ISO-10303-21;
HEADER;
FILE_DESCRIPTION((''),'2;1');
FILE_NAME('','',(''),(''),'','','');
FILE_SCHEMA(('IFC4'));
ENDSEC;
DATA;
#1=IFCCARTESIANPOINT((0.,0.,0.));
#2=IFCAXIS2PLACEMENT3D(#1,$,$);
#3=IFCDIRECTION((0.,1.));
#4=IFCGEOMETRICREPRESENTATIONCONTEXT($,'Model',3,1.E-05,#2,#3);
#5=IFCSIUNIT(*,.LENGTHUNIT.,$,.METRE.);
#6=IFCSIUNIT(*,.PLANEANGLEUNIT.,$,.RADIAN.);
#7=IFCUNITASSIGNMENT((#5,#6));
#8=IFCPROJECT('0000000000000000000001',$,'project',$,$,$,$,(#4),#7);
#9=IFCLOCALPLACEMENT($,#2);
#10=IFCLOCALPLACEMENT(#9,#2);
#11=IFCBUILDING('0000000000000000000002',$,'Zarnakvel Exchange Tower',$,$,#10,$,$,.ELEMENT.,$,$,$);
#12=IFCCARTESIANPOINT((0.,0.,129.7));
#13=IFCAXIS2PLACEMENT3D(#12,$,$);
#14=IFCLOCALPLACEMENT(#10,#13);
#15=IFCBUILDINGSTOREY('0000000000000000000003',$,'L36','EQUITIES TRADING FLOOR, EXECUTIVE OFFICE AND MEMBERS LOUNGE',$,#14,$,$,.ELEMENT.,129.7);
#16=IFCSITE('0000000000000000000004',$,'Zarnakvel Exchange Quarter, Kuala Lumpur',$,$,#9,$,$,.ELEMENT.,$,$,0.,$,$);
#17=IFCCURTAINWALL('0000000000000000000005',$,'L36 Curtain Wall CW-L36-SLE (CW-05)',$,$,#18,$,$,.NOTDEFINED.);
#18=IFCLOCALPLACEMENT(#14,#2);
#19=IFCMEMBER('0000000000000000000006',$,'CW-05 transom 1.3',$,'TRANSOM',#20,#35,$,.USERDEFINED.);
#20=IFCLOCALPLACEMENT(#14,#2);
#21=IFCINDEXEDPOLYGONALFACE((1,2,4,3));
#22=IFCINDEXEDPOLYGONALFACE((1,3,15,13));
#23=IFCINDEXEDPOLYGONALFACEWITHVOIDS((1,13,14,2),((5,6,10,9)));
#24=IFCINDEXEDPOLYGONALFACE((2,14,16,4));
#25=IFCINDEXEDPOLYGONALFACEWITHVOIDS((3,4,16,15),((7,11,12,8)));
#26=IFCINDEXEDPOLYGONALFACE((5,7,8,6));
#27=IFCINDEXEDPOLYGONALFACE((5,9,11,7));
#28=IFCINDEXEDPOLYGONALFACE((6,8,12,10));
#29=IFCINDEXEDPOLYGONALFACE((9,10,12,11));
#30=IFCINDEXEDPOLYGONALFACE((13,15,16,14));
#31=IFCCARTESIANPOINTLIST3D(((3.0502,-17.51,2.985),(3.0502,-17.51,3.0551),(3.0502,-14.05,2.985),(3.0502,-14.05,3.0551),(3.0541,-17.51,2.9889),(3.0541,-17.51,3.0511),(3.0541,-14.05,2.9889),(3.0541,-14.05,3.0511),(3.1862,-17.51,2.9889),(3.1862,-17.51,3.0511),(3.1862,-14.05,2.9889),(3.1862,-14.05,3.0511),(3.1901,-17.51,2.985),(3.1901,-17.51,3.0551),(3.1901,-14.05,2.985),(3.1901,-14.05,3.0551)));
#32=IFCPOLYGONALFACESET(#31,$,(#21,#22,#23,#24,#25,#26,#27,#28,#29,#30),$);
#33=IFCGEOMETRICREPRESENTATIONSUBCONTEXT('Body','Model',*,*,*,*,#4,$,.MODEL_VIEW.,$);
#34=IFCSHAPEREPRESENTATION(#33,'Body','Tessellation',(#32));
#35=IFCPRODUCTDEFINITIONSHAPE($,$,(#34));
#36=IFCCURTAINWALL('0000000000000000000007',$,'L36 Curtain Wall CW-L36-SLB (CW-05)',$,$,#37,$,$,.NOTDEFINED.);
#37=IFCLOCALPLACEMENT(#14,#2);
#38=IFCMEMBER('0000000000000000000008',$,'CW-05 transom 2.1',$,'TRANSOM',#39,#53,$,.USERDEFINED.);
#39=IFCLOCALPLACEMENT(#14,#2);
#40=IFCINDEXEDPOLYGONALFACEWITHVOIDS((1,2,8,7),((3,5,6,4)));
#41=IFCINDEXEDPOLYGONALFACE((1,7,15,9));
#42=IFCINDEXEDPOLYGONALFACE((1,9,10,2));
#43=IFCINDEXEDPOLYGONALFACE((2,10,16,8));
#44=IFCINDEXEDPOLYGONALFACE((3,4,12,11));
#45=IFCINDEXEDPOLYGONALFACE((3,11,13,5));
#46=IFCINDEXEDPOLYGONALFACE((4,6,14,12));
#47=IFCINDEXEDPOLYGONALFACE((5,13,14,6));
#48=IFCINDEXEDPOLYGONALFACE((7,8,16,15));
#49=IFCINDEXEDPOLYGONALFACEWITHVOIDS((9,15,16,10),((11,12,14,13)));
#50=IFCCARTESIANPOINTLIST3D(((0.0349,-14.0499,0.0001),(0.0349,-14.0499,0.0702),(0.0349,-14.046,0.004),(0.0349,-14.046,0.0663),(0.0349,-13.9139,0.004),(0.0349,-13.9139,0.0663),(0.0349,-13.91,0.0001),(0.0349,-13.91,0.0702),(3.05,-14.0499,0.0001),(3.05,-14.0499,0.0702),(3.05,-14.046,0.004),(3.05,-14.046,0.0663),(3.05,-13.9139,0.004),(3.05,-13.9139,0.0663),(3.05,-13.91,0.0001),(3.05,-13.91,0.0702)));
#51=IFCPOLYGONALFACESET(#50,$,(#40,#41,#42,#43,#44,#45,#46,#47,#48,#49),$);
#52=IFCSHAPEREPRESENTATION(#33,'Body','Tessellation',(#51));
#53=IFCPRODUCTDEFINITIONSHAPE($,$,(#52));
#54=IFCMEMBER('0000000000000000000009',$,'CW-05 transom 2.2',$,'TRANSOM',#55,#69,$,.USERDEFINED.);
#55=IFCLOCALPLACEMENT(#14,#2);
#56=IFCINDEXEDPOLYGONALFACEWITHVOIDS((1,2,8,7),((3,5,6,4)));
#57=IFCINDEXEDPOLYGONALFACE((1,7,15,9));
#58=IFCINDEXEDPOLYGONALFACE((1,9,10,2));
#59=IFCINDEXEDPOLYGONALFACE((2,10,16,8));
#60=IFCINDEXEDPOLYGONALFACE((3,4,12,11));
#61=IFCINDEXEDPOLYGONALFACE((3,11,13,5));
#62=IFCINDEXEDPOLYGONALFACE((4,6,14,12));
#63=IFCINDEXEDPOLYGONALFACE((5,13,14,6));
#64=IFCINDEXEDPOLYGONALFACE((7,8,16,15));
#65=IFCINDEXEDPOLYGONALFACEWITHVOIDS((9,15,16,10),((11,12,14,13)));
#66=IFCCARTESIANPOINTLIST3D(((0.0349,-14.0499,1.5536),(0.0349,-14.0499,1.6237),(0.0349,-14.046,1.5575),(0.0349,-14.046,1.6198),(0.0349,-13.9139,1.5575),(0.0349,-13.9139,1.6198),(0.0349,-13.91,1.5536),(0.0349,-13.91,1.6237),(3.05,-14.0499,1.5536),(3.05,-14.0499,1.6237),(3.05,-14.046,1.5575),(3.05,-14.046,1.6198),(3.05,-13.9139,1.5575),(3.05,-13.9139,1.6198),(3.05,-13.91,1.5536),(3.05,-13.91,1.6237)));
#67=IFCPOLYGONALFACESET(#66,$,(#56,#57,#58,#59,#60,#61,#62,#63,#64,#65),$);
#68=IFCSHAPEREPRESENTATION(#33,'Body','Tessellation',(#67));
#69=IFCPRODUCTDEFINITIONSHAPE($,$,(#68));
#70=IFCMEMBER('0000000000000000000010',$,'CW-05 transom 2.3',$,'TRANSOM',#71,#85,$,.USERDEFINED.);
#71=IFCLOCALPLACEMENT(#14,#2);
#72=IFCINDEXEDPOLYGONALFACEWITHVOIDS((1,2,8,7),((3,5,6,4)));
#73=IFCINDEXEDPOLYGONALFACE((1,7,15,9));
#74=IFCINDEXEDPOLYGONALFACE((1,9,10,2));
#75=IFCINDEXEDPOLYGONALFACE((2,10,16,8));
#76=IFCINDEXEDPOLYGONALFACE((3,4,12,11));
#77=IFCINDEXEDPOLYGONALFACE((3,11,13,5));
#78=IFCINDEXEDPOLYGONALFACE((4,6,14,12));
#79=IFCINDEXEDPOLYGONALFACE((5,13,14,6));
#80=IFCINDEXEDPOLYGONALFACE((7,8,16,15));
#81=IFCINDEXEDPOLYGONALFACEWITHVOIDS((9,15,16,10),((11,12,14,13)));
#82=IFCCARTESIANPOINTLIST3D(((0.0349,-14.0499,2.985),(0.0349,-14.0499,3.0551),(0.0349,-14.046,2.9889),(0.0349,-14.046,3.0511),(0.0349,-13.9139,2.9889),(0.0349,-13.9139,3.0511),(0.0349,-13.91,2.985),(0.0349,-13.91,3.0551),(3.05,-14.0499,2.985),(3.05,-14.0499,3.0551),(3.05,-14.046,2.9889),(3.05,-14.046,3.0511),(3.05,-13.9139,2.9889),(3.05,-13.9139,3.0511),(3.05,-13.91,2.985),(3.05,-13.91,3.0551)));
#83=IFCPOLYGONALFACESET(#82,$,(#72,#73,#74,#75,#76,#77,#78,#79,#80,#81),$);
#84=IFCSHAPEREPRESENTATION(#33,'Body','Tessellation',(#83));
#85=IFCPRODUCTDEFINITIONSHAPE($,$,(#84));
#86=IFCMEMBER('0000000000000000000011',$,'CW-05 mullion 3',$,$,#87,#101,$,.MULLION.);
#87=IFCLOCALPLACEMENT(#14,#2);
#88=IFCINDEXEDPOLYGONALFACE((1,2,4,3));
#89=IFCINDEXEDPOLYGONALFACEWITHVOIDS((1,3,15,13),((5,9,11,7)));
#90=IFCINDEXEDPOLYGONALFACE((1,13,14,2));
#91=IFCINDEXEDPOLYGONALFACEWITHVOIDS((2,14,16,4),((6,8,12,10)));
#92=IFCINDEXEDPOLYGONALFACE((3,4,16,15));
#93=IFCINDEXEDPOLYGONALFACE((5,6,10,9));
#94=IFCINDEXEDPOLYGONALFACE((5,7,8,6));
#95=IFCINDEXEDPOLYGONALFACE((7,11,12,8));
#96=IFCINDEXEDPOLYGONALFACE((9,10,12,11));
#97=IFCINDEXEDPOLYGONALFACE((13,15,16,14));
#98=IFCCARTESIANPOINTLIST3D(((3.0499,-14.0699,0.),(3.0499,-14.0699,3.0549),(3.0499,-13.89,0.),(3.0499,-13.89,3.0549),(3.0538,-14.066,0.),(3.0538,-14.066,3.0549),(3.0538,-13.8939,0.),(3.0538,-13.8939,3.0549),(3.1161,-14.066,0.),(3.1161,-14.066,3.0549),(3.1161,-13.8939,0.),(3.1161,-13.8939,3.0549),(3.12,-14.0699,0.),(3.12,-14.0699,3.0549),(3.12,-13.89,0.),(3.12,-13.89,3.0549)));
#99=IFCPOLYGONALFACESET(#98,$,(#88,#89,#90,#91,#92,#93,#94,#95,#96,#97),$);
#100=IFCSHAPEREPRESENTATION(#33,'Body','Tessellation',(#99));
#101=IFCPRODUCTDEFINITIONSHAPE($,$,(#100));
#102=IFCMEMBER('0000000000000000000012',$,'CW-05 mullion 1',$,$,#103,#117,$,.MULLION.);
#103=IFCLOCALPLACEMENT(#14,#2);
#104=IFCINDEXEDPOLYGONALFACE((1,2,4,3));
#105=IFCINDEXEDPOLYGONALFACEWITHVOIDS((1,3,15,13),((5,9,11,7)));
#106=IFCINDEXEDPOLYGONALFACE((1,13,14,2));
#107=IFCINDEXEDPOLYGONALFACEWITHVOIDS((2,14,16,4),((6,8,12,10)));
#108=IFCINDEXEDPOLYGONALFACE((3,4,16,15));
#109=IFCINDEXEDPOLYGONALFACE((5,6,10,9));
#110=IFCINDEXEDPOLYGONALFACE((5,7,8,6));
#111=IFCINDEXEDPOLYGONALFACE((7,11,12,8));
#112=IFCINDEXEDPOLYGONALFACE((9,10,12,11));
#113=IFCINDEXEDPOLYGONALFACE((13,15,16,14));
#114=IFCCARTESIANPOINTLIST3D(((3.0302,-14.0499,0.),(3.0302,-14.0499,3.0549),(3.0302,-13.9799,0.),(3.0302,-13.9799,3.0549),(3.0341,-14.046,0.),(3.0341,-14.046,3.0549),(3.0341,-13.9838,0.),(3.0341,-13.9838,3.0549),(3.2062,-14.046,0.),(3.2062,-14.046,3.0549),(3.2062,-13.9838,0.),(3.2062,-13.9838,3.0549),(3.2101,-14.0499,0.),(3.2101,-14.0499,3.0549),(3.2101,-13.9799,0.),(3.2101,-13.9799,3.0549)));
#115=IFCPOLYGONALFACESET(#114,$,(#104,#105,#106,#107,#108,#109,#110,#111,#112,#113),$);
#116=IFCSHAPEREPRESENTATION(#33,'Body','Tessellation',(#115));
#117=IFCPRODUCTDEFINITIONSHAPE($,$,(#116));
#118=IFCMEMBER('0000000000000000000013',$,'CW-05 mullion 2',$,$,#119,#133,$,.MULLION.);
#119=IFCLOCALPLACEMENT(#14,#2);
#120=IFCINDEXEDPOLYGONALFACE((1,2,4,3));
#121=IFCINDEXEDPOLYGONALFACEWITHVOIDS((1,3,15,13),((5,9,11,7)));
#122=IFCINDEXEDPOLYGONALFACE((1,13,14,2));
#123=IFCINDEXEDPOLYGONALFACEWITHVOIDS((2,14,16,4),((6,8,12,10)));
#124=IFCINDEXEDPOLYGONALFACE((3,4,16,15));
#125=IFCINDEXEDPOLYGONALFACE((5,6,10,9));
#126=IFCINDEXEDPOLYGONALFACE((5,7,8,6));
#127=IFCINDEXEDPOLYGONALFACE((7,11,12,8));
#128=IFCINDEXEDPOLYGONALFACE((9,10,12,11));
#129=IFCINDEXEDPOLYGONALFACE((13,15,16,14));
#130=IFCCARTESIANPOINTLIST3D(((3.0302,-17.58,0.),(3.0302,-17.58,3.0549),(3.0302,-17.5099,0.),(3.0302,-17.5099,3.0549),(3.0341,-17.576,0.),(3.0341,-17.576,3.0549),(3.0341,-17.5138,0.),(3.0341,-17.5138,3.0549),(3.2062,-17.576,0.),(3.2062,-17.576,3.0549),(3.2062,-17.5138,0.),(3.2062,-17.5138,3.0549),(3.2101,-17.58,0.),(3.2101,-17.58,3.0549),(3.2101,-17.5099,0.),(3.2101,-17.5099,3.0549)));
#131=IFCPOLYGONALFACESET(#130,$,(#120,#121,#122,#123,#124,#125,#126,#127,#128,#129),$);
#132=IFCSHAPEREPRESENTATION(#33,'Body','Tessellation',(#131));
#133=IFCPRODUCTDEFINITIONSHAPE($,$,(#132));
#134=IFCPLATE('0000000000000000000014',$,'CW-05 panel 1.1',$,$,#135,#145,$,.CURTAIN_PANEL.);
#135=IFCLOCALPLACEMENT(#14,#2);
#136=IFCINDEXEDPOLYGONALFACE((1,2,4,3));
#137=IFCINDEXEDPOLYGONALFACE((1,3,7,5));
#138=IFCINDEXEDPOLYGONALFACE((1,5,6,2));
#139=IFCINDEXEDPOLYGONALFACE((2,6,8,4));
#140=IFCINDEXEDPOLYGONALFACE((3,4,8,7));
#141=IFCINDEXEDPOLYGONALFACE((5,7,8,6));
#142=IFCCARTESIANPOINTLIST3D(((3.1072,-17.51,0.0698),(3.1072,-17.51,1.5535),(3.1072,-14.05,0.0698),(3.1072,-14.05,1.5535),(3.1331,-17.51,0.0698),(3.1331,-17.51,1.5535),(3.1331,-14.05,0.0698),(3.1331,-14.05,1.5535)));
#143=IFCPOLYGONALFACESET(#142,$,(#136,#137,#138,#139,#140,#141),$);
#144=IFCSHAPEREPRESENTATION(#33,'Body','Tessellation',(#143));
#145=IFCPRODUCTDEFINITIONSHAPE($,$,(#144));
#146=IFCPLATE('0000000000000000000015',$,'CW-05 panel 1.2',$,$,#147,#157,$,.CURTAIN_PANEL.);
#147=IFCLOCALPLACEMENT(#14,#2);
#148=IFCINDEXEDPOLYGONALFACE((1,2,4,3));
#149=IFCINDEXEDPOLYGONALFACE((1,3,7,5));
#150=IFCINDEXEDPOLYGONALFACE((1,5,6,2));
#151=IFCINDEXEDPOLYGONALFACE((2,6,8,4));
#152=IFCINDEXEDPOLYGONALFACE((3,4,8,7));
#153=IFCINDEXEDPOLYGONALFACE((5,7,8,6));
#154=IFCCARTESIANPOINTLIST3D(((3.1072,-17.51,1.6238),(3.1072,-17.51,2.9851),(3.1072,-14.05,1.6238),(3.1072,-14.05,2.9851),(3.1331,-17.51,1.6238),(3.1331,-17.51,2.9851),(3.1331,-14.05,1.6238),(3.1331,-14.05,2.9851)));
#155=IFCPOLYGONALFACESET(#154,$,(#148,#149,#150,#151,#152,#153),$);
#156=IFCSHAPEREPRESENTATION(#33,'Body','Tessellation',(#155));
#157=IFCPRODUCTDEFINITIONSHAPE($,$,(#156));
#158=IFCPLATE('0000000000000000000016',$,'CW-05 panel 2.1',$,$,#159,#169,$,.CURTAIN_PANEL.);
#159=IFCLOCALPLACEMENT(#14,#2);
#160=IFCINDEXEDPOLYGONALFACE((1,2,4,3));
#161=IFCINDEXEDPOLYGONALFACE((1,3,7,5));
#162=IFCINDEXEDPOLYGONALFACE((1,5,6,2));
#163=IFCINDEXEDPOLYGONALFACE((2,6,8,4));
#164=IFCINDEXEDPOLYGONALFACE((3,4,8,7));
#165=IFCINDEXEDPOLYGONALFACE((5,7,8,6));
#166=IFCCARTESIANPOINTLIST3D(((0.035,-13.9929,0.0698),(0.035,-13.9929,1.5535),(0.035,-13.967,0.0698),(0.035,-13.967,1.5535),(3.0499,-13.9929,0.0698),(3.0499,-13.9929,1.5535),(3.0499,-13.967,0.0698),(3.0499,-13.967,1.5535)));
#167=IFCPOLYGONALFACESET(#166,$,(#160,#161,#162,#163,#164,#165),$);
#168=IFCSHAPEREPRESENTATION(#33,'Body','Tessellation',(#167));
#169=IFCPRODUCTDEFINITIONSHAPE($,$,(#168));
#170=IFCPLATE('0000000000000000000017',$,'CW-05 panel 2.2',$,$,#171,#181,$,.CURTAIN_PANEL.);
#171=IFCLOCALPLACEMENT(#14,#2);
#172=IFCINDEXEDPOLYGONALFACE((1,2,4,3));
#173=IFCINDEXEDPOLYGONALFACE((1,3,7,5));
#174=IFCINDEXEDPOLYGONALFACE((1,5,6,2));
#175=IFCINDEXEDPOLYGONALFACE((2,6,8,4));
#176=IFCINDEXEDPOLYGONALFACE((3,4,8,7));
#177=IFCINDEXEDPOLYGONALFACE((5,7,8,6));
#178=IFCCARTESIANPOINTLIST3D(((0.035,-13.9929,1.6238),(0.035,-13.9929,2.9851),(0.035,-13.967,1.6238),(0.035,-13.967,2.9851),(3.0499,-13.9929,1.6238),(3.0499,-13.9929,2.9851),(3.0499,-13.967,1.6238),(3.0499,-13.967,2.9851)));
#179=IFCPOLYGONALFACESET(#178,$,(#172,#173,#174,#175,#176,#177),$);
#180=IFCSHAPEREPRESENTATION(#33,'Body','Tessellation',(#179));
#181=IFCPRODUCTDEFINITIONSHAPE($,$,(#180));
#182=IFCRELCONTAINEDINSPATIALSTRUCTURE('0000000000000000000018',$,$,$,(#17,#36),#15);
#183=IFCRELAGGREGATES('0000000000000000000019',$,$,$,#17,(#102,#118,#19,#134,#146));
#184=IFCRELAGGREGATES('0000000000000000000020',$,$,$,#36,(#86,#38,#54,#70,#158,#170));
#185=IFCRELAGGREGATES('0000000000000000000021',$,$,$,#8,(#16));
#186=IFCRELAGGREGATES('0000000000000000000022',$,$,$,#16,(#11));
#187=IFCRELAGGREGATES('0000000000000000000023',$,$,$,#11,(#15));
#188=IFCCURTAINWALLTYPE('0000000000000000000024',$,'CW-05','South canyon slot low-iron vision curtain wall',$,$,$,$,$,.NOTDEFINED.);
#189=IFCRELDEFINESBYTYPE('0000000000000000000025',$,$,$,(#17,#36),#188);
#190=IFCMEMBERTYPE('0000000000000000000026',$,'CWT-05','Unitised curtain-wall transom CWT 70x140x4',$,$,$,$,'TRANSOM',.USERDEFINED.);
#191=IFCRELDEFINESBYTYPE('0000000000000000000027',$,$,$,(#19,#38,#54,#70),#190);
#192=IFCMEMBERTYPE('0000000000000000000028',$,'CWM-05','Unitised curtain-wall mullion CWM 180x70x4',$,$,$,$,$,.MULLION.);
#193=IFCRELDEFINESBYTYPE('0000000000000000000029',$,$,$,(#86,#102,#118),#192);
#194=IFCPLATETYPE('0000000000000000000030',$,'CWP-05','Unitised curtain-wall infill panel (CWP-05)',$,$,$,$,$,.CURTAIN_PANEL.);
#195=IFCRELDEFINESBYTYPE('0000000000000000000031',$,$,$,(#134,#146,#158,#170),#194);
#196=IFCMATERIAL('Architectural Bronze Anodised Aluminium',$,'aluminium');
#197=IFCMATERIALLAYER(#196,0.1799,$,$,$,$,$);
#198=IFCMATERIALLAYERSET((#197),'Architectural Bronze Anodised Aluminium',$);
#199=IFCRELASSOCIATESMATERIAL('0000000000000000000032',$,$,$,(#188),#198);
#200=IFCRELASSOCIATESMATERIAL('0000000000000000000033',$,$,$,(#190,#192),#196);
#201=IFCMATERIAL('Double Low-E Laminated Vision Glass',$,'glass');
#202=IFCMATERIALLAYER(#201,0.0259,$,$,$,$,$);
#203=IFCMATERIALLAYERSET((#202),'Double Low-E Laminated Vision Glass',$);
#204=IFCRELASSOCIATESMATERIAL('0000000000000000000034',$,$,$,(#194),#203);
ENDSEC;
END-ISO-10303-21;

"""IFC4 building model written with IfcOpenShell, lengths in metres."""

from ifc_helpers import new_model, si_unit, direction, frame, origin, origin_2d, place, context, subcontext, project, spatial, rectangle, hollow_rectangle, extrude, source, transform, mapped, material, layer, layer_set, material_profile, profile_set, type_object, element, aggregate, save


model = new_model("IFC4")

# Units and contexts
model_context = context("Model", 3, precision=1e-05, world=origin(), true_north=direction((0.0, 1.0)))
body_context = subcontext(model_context, "Body", "Model", "MODEL_VIEW")
ifc_project = project(units=[si_unit("LENGTHUNIT", "METRE"), si_unit("PLANEANGLEUNIT", "RADIAN")], contexts=[model_context])

# Site, building, storey
site_placement = place(None, origin())
site = spatial("IfcSite", under=ifc_project, at=site_placement, Name="Zarnakvel Exchange Quarter, Kuala Lumpur", CompositionType="ELEMENT", RefElevation=0.0)
building_placement = place(site_placement, origin())
building = spatial("IfcBuilding", under=site, at=building_placement, Name="Zarnakvel Exchange Tower", CompositionType="ELEMENT")
storey_placement = place(building_placement, frame((0.0, 0.0, 129.7)))
storey = spatial("IfcBuildingStorey", under=building, at=storey_placement, Name="L36", Description="EQUITIES TRADING FLOOR, EXECUTIVE OFFICE AND MEMBERS LOUNGE", CompositionType="ELEMENT", Elevation=129.7)

# Curtain walls, members
ifc_material_1 = material(Name="Architectural Bronze Anodised Aluminium", Category="aluminium")
ifc_layer_1 = layer(ifc_material_1, 0.1799)
ifc_layer_set_1 = layer_set([ifc_layer_1], Name="Architectural Bronze Anodised Aluminium")
curtain_wall_type = type_object("IfcCurtainWallType", Name="CW-05", Description="South canyon slot low-iron vision curtain wall", PredefinedType="NOTDEFINED", material=ifc_layer_set_1)
curtain_wall_1_placement = place(storey_placement, origin())
curtain_wall_1 = element("IfcCurtainWall", 1, at=curtain_wall_1_placement, inside=storey, type_object=curtain_wall_type, Name="L36 Curtain Wall CW-L36-SLE (CW-05)", PredefinedType="NOTDEFINED")
ifc_material_profile_1 = material_profile(ifc_material_1, hollow_rectangle(XDim=0.1399, YDim=0.0701, WallThickness=0.0039, at=origin_2d()))
ifc_profile_set_1 = profile_set([ifc_material_profile_1], Name="Architectural Bronze Anodised Aluminium")
member_type_1 = type_object("IfcMemberType", Name="CWT-05", Description="Unitised curtain-wall transom CWT 70x140x4", ElementType="TRANSOM", PredefinedType="USERDEFINED", material=ifc_profile_set_1)
shared_shape_1 = source(origin(), body_context, "Body", "SweptSolid", [
    extrude(hollow_rectangle(XDim=0.1399, YDim=0.0701, WallThickness=0.0039, at=origin_2d()), origin(), (0.0, 0.0, 1.0), 3.46),
])
member_1_placement = place(storey_placement, frame((3.1201, -14.05, 3.02), z_axis=(0.0, -1.0, 0.0), x_axis=(1.0, 0.0, 0.0)))
member_1 = element("IfcMember", 2, at=member_1_placement, type_object=member_type_1, Name="CW-05 transom 1.3", ObjectType="TRANSOM", PredefinedType="USERDEFINED", context=body_context, shape_type="MappedRepresentation", body=[
    mapped(shared_shape_1, transform((0.0, 0.0, 0.0), x_axis=(1.0, 0.0, 0.0), y_axis=(0.0, 1.0, 0.0), z_axis=(0.0, 0.0, 1.0), scale=1.0)),
])
curtain_wall_2_placement = place(storey_placement, origin())
curtain_wall_2 = element("IfcCurtainWall", 3, at=curtain_wall_2_placement, inside=storey, type_object=curtain_wall_type, Name="L36 Curtain Wall CW-L36-SLB (CW-05)", PredefinedType="NOTDEFINED")
shared_shape_2 = source(origin(), body_context, "Body", "SweptSolid", [
    extrude(hollow_rectangle(XDim=0.1399, YDim=0.0701, WallThickness=0.0039, at=origin_2d()), origin(), (0.0, 0.0, 1.0), 3.0151),
])
member_2_placement = place(storey_placement, frame((0.0349, -13.98, 0.0352), z_axis=(1.0, 0.0, 0.0), x_axis=(0.0, 1.0, 0.0)))
member_2 = element("IfcMember", 4, at=member_2_placement, type_object=member_type_1, Name="CW-05 transom 2.1", ObjectType="TRANSOM", PredefinedType="USERDEFINED", context=body_context, shape_type="MappedRepresentation", body=[
    mapped(shared_shape_2, transform((0.0, 0.0, 0.0), x_axis=(1.0, 0.0, 0.0), y_axis=(0.0, 1.0, 0.0), z_axis=(0.0, 0.0, 1.0), scale=1.0)),
])
member_3_placement = place(storey_placement, frame((0.0349, -13.98, 1.5886), z_axis=(1.0, 0.0, 0.0), x_axis=(0.0, 1.0, 0.0)))
member_3 = element("IfcMember", 5, at=member_3_placement, type_object=member_type_1, Name="CW-05 transom 2.2", ObjectType="TRANSOM", PredefinedType="USERDEFINED", context=body_context, shape_type="MappedRepresentation", body=[
    mapped(shared_shape_2, transform((0.0, 0.0, 0.0), x_axis=(1.0, 0.0, 0.0), y_axis=(0.0, 1.0, 0.0), z_axis=(0.0, 0.0, 1.0), scale=1.0)),
])
member_4_placement = place(storey_placement, frame((0.0349, -13.98, 3.02), z_axis=(1.0, 0.0, 0.0), x_axis=(0.0, 1.0, 0.0)))
member_4 = element("IfcMember", 6, at=member_4_placement, type_object=member_type_1, Name="CW-05 transom 2.3", ObjectType="TRANSOM", PredefinedType="USERDEFINED", context=body_context, shape_type="MappedRepresentation", body=[
    mapped(shared_shape_2, transform((0.0, 0.0, 0.0), x_axis=(1.0, 0.0, 0.0), y_axis=(0.0, 1.0, 0.0), z_axis=(0.0, 0.0, 1.0), scale=1.0)),
])
ifc_material_profile_2 = material_profile(ifc_material_1, hollow_rectangle(XDim=0.1799, YDim=0.0701, WallThickness=0.0039, at=origin_2d()))
ifc_profile_set_2 = profile_set([ifc_material_profile_2], Name="Architectural Bronze Anodised Aluminium")
member_type_2 = type_object("IfcMemberType", Name="CWM-05", Description="Unitised curtain-wall mullion CWM 180x70x4", PredefinedType="MULLION", material=ifc_profile_set_2)
shared_shape_3 = source(origin(), body_context, "Body", "SweptSolid", [
    extrude(hollow_rectangle(XDim=0.1799, YDim=0.0701, WallThickness=0.0039, at=origin_2d()), origin(), (0.0, 0.0, 1.0), 3.0549),
])
member_5_placement = place(storey_placement, frame((3.085, -13.98, 0.0), z_axis=(0.0, 0.0, 1.0), x_axis=(0.0, 1.0, 0.0)))
member_5 = element("IfcMember", 7, at=member_5_placement, type_object=member_type_2, Name="CW-05 mullion 3", PredefinedType="MULLION", context=body_context, shape_type="MappedRepresentation", body=[
    mapped(shared_shape_3, transform((0.0, 0.0, 0.0), x_axis=(1.0, 0.0, 0.0), y_axis=(0.0, 1.0, 0.0), z_axis=(0.0, 0.0, 1.0), scale=1.0)),
])

# Members
member_6_placement = place(storey_placement, frame((3.1201, -14.0149, 0.0), z_axis=(0.0, 0.0, 1.0), x_axis=(1.0, 0.0, 0.0)))
member_6 = element("IfcMember", 8, at=member_6_placement, type_object=member_type_2, Name="CW-05 mullion 1", PredefinedType="MULLION", context=body_context, shape_type="MappedRepresentation", body=[
    mapped(shared_shape_3, transform((0.0, 0.0, 0.0), x_axis=(1.0, 0.0, 0.0), y_axis=(0.0, 1.0, 0.0), z_axis=(0.0, 0.0, 1.0), scale=1.0)),
])
member_7_placement = place(storey_placement, frame((3.1201, -17.5449, 0.0), z_axis=(0.0, 0.0, 1.0), x_axis=(1.0, 0.0, 0.0)))
member_7 = element("IfcMember", 9, at=member_7_placement, type_object=member_type_2, Name="CW-05 mullion 2", PredefinedType="MULLION", context=body_context, shape_type="MappedRepresentation", body=[
    mapped(shared_shape_3, transform((0.0, 0.0, 0.0), x_axis=(1.0, 0.0, 0.0), y_axis=(0.0, 1.0, 0.0), z_axis=(0.0, 0.0, 1.0), scale=1.0)),
])

# Plates
ifc_material_2 = material(Name="Double Low-E Laminated Vision Glass", Category="glass")
ifc_layer_2 = layer(ifc_material_2, 0.0259)
ifc_layer_set_2 = layer_set([ifc_layer_2], Name="Double Low-E Laminated Vision Glass")
plate_type = type_object("IfcPlateType", Name="CWP-05", Description="Unitised curtain-wall infill panel (CWP-05)", PredefinedType="CURTAIN_PANEL", material=ifc_layer_set_2)
shared_shape_4 = source(origin(), body_context, "Body", "SweptSolid", [
    extrude(rectangle(XDim=3.46, YDim=0.0259, at=origin_2d()), origin(), (0.0, 0.0, 1.0), 1.4836),
])
plate_1_placement = place(storey_placement, frame((3.1201, -15.78, 0.0698), z_axis=(0.0, 0.0, 1.0), x_axis=(0.0, -1.0, 0.0)))
plate_1 = element("IfcPlate", 10, at=plate_1_placement, type_object=plate_type, Name="CW-05 panel 1.1", PredefinedType="CURTAIN_PANEL", context=body_context, shape_type="MappedRepresentation", body=[
    mapped(shared_shape_4, transform((0.0, 0.0, 0.0), x_axis=(1.0, 0.0, 0.0), y_axis=(0.0, 1.0, 0.0), z_axis=(0.0, 0.0, 1.0), scale=1.0)),
])
shared_shape_5 = source(origin(), body_context, "Body", "SweptSolid", [
    extrude(rectangle(XDim=3.46, YDim=0.0259, at=origin_2d()), origin(), (0.0, 0.0, 1.0), 1.3613),
])
plate_2_placement = place(storey_placement, frame((3.1201, -15.78, 1.6238), z_axis=(0.0, 0.0, 1.0), x_axis=(0.0, -1.0, 0.0)))
plate_2 = element("IfcPlate", 11, at=plate_2_placement, type_object=plate_type, Name="CW-05 panel 1.2", PredefinedType="CURTAIN_PANEL", context=body_context, shape_type="MappedRepresentation", body=[
    mapped(shared_shape_5, transform((0.0, 0.0, 0.0), x_axis=(1.0, 0.0, 0.0), y_axis=(0.0, 1.0, 0.0), z_axis=(0.0, 0.0, 1.0), scale=1.0)),
])
aggregate(curtain_wall_1, [member_6, member_7, member_1, plate_1, plate_2])
shared_shape_6 = source(origin(), body_context, "Body", "SweptSolid", [
    extrude(rectangle(XDim=3.0149, YDim=0.0259, at=origin_2d()), origin(), (0.0, 0.0, 1.0), 1.4836),
])
plate_3_placement = place(storey_placement, frame((1.5425, -13.98, 0.0698), z_axis=(0.0, 0.0, 1.0), x_axis=(1.0, 0.0, 0.0)))
plate_3 = element("IfcPlate", 12, at=plate_3_placement, type_object=plate_type, Name="CW-05 panel 2.1", PredefinedType="CURTAIN_PANEL", context=body_context, shape_type="MappedRepresentation", body=[
    mapped(shared_shape_6, transform((0.0, 0.0, 0.0), x_axis=(1.0, 0.0, 0.0), y_axis=(0.0, 1.0, 0.0), z_axis=(0.0, 0.0, 1.0), scale=1.0)),
])
shared_shape_7 = source(origin(), body_context, "Body", "SweptSolid", [
    extrude(rectangle(XDim=3.0149, YDim=0.0259, at=origin_2d()), origin(), (0.0, 0.0, 1.0), 1.3613),
])
plate_4_placement = place(storey_placement, frame((1.5425, -13.98, 1.6238), z_axis=(0.0, 0.0, 1.0), x_axis=(1.0, 0.0, 0.0)))
plate_4 = element("IfcPlate", 13, at=plate_4_placement, type_object=plate_type, Name="CW-05 panel 2.2", PredefinedType="CURTAIN_PANEL", context=body_context, shape_type="MappedRepresentation", body=[
    mapped(shared_shape_7, transform((0.0, 0.0, 0.0), x_axis=(1.0, 0.0, 0.0), y_axis=(0.0, 1.0, 0.0), z_axis=(0.0, 0.0, 1.0), scale=1.0)),
])
aggregate(curtain_wall_2, [member_5, member_2, member_3, member_4, plate_3, plate_4])

save(model, "model.ifc")
